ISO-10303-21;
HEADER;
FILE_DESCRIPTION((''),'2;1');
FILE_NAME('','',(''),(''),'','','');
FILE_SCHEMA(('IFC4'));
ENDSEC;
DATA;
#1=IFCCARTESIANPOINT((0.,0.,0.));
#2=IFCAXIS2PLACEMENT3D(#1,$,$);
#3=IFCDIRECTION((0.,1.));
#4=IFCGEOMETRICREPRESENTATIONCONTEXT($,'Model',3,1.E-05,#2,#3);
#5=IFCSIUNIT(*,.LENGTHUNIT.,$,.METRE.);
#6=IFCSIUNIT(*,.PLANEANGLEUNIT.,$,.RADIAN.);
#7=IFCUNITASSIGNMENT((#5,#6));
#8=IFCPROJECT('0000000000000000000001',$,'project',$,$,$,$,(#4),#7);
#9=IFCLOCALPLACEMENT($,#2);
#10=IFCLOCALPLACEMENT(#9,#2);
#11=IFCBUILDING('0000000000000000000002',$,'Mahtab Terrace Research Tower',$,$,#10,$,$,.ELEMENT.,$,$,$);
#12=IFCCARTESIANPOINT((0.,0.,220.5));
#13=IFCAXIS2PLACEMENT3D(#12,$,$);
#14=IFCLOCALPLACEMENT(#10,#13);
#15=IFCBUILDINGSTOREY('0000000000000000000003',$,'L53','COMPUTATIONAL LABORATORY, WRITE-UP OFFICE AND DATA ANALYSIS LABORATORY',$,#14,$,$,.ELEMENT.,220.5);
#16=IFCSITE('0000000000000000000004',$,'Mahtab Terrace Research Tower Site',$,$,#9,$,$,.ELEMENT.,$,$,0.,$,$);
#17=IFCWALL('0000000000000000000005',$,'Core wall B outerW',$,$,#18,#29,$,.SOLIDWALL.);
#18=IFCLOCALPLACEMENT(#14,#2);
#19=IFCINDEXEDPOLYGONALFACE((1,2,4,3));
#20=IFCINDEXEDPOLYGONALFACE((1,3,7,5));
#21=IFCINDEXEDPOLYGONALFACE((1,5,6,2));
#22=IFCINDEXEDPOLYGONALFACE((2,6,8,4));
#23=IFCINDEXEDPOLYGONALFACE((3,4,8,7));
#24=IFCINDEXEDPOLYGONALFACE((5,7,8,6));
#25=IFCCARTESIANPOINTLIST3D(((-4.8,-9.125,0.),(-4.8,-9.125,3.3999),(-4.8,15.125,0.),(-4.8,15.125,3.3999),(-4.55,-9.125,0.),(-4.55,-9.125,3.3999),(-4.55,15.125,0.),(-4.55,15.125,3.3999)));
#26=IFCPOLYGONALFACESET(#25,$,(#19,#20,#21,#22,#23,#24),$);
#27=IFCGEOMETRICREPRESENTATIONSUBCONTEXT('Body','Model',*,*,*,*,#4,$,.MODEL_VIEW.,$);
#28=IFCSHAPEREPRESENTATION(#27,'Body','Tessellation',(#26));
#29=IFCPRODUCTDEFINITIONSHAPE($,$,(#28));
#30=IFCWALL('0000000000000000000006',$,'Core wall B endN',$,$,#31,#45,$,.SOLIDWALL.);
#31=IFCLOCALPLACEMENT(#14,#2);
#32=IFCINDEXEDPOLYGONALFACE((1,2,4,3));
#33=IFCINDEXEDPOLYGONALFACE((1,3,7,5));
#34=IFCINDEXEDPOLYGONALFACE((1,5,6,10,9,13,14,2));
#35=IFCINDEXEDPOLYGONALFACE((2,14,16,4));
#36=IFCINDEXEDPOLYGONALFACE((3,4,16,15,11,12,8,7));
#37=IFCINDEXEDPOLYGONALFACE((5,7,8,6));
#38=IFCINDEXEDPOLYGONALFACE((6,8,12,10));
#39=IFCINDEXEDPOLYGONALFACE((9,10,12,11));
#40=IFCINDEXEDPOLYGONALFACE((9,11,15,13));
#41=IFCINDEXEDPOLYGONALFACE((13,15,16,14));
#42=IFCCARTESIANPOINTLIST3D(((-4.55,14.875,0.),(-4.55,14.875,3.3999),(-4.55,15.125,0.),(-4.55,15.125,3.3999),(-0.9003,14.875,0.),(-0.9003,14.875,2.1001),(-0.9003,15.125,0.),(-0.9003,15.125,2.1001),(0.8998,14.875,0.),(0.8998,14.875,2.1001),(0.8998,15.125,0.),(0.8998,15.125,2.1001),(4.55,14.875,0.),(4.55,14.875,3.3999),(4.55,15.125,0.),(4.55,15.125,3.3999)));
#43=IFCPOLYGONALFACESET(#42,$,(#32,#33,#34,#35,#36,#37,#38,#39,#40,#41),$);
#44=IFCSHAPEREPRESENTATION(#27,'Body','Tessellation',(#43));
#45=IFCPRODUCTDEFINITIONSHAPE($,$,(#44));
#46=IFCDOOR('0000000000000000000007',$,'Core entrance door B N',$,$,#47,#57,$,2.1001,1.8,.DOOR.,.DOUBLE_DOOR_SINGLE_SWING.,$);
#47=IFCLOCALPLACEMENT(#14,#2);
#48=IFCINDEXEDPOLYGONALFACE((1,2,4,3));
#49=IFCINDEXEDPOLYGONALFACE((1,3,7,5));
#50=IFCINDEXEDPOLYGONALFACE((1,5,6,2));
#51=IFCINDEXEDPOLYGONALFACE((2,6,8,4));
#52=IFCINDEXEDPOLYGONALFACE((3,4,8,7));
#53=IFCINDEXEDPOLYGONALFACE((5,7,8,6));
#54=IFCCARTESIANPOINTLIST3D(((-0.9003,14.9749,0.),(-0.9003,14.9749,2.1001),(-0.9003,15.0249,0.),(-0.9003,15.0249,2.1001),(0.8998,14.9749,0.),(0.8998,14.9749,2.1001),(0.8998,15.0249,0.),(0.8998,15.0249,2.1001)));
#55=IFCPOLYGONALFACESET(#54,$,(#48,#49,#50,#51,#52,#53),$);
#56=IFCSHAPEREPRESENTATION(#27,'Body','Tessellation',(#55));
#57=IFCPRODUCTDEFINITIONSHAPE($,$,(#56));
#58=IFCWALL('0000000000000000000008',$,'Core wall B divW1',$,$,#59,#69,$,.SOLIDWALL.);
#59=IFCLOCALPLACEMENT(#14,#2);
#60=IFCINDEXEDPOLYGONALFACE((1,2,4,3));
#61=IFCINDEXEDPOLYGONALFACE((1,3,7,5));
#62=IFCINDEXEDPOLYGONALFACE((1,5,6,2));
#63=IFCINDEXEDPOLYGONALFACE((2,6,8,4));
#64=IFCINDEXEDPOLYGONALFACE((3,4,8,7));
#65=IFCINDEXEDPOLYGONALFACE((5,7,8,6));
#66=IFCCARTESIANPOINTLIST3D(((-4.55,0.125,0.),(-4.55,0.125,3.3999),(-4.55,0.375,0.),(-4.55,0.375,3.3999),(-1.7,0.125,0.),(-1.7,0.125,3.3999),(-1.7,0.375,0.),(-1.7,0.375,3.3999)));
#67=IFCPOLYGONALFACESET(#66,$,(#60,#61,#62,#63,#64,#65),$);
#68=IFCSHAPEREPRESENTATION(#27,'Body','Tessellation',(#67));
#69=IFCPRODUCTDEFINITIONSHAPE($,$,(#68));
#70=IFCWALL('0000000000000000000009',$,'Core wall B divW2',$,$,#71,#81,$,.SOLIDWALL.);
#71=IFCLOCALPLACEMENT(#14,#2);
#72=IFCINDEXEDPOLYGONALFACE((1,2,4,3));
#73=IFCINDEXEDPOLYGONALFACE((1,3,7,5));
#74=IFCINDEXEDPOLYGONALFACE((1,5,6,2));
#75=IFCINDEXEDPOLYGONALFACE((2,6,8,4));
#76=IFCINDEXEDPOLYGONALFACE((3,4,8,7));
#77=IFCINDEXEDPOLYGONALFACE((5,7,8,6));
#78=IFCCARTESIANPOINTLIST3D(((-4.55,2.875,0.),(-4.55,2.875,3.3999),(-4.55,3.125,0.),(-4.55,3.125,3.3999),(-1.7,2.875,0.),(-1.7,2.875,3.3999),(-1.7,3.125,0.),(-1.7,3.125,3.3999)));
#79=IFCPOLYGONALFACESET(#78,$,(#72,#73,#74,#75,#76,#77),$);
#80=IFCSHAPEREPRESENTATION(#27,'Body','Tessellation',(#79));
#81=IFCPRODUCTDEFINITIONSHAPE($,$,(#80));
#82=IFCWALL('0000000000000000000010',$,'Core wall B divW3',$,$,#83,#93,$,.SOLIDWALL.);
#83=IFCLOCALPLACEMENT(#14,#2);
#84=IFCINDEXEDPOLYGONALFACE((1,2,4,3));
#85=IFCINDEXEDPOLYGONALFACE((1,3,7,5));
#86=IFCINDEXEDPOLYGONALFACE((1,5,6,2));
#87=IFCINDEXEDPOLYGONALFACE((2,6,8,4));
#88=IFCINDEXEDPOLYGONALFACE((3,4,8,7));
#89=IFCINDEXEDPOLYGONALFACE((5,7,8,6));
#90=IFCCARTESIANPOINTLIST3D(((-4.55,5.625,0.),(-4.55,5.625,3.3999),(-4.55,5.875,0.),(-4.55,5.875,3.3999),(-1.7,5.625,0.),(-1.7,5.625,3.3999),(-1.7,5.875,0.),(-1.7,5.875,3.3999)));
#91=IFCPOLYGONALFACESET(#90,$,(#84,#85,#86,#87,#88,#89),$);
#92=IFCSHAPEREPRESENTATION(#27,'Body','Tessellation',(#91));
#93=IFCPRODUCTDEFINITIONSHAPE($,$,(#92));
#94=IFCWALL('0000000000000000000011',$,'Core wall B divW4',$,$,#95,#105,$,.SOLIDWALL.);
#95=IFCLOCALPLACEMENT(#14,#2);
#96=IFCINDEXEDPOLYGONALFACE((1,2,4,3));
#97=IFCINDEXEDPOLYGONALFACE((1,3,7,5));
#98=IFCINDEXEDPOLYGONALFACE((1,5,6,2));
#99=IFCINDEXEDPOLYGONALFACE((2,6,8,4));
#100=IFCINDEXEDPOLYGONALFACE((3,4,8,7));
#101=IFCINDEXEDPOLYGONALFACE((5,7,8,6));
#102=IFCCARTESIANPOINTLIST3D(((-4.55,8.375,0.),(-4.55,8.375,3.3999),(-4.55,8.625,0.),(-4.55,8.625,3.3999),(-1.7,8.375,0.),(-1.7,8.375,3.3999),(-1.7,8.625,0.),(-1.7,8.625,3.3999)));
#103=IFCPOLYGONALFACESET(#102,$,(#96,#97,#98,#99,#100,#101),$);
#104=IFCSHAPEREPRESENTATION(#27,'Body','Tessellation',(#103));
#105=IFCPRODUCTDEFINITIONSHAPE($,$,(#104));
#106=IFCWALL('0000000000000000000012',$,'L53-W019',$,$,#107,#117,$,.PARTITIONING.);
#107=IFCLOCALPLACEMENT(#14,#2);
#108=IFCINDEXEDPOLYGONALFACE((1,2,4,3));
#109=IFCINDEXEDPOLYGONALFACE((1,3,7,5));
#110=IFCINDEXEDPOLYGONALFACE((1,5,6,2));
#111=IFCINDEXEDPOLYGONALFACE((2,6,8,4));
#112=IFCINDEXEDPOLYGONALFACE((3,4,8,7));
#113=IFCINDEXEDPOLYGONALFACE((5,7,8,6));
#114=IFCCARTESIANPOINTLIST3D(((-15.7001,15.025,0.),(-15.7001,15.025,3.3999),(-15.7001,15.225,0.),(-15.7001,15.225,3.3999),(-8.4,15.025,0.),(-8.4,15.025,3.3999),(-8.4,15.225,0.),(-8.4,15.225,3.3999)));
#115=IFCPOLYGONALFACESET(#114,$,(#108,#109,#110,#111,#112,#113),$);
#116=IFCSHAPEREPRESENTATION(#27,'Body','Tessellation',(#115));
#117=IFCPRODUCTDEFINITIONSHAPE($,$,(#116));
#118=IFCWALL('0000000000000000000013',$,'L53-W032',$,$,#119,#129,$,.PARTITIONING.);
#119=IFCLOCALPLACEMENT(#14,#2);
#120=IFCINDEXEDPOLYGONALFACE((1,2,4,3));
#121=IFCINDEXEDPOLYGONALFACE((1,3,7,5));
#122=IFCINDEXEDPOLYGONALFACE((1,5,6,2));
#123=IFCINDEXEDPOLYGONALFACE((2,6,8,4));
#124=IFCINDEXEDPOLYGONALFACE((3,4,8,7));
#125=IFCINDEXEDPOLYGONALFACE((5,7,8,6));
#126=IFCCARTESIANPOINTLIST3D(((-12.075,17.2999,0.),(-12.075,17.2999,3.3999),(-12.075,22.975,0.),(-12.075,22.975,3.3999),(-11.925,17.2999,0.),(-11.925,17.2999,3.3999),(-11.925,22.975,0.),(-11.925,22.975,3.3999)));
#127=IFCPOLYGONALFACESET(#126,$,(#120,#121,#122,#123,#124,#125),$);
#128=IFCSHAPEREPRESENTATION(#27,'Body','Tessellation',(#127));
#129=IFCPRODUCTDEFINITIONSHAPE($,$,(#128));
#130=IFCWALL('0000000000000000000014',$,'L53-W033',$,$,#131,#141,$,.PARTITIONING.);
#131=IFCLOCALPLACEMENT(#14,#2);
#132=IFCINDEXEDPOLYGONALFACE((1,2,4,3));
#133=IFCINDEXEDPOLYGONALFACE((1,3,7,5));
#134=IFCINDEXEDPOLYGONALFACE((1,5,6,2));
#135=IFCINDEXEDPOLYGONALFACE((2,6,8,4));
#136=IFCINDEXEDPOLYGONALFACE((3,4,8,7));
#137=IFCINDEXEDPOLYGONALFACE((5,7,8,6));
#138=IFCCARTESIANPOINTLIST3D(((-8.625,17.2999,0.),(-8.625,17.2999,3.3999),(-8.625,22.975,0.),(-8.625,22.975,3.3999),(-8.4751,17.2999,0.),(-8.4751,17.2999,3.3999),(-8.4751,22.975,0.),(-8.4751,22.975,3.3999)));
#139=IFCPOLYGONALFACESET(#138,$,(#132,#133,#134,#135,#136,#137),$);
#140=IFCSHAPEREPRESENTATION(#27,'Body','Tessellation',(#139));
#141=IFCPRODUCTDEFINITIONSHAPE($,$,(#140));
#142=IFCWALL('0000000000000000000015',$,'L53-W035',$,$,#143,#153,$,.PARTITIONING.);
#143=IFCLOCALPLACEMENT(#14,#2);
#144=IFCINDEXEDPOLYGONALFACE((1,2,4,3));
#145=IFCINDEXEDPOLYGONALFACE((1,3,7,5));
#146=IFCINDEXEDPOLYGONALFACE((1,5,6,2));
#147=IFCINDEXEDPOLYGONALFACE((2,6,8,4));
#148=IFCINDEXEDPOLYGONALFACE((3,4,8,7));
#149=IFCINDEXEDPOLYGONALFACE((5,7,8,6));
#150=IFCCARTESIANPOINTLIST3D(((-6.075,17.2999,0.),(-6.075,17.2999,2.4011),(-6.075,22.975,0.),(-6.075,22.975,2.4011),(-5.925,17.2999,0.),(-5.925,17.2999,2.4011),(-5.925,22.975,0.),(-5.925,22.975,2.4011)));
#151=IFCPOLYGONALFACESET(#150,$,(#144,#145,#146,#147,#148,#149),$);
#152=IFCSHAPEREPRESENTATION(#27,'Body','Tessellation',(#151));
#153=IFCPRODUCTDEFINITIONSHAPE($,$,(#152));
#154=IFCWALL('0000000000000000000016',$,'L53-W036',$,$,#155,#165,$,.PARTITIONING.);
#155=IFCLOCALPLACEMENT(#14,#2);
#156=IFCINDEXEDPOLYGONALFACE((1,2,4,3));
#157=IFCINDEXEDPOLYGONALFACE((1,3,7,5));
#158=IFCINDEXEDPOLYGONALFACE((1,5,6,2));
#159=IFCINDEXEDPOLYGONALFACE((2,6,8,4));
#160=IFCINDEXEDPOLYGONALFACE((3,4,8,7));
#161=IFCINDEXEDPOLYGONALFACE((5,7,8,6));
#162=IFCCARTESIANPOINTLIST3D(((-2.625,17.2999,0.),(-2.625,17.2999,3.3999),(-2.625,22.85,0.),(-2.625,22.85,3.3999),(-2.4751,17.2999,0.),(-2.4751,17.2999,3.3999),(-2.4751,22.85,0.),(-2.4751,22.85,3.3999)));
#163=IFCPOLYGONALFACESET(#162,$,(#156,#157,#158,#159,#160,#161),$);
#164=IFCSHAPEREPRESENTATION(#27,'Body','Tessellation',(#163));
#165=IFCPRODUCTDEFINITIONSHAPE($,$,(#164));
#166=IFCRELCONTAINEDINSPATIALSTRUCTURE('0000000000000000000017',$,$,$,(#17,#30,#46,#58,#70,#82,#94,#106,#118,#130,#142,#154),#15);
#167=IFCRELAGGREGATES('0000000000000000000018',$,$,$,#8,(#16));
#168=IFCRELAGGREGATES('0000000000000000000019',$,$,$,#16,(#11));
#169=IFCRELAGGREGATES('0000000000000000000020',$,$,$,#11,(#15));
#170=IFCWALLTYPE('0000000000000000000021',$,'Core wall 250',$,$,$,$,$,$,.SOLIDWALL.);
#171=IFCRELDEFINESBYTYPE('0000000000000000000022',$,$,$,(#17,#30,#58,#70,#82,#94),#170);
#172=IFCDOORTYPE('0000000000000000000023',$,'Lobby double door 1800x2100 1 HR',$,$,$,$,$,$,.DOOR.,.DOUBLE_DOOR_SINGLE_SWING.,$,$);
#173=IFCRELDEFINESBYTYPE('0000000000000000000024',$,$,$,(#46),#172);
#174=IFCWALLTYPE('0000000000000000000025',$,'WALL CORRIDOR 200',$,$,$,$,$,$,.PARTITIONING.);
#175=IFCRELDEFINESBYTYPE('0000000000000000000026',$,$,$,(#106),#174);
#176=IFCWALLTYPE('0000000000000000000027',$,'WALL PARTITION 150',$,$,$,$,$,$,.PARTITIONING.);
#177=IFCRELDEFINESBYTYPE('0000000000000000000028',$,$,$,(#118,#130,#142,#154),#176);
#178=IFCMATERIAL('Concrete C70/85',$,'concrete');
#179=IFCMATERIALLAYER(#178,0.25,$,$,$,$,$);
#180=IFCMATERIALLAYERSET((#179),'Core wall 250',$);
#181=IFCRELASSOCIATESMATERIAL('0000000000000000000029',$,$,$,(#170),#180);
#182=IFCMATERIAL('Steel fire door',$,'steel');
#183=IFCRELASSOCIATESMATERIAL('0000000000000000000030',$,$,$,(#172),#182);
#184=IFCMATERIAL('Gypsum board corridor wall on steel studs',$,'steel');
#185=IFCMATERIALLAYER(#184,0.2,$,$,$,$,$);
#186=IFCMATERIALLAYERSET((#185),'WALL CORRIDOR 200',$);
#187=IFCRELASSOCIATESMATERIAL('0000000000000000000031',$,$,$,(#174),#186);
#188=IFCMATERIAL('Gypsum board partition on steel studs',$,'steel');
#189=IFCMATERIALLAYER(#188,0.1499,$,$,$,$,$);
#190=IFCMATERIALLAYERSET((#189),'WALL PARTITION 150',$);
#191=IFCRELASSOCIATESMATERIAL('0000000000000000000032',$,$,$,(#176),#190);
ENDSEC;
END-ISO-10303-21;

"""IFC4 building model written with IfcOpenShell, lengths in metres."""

from ifc_helpers import new_model, si_unit, direction, frame, frame_2d, origin, place, context, subcontext, project, spatial, rectangle, extrude, material, layer, layer_set, type_object, element, fill, save


model = new_model("IFC4")

# Units and contexts
model_context = context("Model", 3, precision=1e-05, world=origin(), true_north=direction((0.0, 1.0)))
body_context = subcontext(model_context, "Body", "Model", "MODEL_VIEW")
ifc_project = project(units=[si_unit("LENGTHUNIT", "METRE"), si_unit("PLANEANGLEUNIT", "RADIAN")], contexts=[model_context])

# Site, building, storey
site_placement = place(None, origin())
site = spatial("IfcSite", under=ifc_project, at=site_placement, Name="Mahtab Terrace Research Tower Site", CompositionType="ELEMENT", RefElevation=0.0)
building_placement = place(site_placement, origin())
building = spatial("IfcBuilding", under=site, at=building_placement, Name="Mahtab Terrace Research Tower", CompositionType="ELEMENT")
storey_placement = place(building_placement, frame((0.0, 0.0, 220.5)))
storey = spatial("IfcBuildingStorey", under=building, at=storey_placement, Name="L53", Description="COMPUTATIONAL LABORATORY, WRITE-UP OFFICE AND DATA ANALYSIS LABORATORY", CompositionType="ELEMENT", Elevation=220.5)

# Shared definitions
ifc_material_1 = material(Name="Concrete C70/85", Category="concrete")

# Wall
ifc_layer_1 = layer(ifc_material_1, 0.25)
ifc_layer_set_1 = layer_set([ifc_layer_1], Name="Core wall 250")
wall_type_1 = type_object("IfcWallType", Name="Core wall 250", PredefinedType="SOLIDWALL", material=ifc_layer_set_1)
wall_1_placement = place(storey_placement, frame((-4.675, 15.125, 0.0), z_axis=(0.0, 0.0, 1.0), x_axis=(0.0, -1.0, 0.0)))
element("IfcWall", 1, at=wall_1_placement, inside=storey, type_object=wall_type_1, Name="Core wall B outerW", PredefinedType="SOLIDWALL", context=body_context, shape_type="SweptSolid", body=[
    extrude(rectangle(XDim=24.25, YDim=0.25, at=frame_2d((12.125, 0.0))), origin(), (0.0, 0.0, 1.0), 3.3999),
])

# Wall, opening, door
wall_2_placement = place(storey_placement, frame((-4.55, 15.0, 0.0), z_axis=(0.0, 0.0, 1.0), x_axis=(1.0, 0.0, 0.0)))
wall_2 = element("IfcWall", 2, at=wall_2_placement, inside=storey, type_object=wall_type_1, Name="Core wall B endN", PredefinedType="SOLIDWALL", context=body_context, shape_type="SweptSolid", body=[
    extrude(rectangle(XDim=9.1001, YDim=0.25, at=frame_2d((4.55, 0.0))), origin(), (0.0, 0.0, 1.0), 3.3999),
])
opening_placement = place(wall_2_placement, frame((3.6499, 0.0, 0.0)))
opening = element("IfcOpeningElement", 3, at=opening_placement, cuts=wall_2, PredefinedType="OPENING", context=body_context, shape_type="SweptSolid", body=[
    extrude(rectangle(XDim=1.8, YDim=2.1001, at=frame_2d((0.8999, 1.05))), frame((0.0, 0.135, 0.0), z_axis=(0.0, -1.0, 0.0), x_axis=(1.0, 0.0, 0.0)), (0.0, 0.0, 1.0), 0.27),
])
ifc_material_2 = material(Name="Steel fire door", Category="steel")
door_type = type_object("IfcDoorType", Name="Lobby double door 1800x2100 1 HR", OperationType="DOUBLE_DOOR_SINGLE_SWING", PredefinedType="DOOR", material=ifc_material_2)
door_placement = place(opening_placement, origin())
door = element("IfcDoor", 4, at=door_placement, inside=storey, type_object=door_type, Name="Core entrance door B N", OperationType="DOUBLE_DOOR_SINGLE_SWING", OverallHeight=2.1001, OverallWidth=1.8, PredefinedType="DOOR", context=body_context, shape_type="SweptSolid", body=[
    extrude(rectangle(XDim=1.8, YDim=2.1001, at=frame_2d((0.8999, 1.05))), frame((0.0, 0.0249, 0.0), z_axis=(0.0, -1.0, 0.0), x_axis=(1.0, 0.0, 0.0)), (0.0, 0.0, 1.0), 0.05),
])
fill(opening, door)

# Walls
for number, where, z_axis, x_axis, name in (
    (5, (-4.55, 0.25, 0.0), (0.0, 0.0, 1.0), (1.0, 0.0, 0.0), "Core wall B divW1"),
    (6, (-4.55, 3.0, 0.0), (0.0, 0.0, 1.0), (1.0, 0.0, 0.0), "Core wall B divW2"),
    (7, (-4.55, 5.75, 0.0), (0.0, 0.0, 1.0), (1.0, 0.0, 0.0), "Core wall B divW3"),
    (8, (-4.55, 8.5, 0.0), (0.0, 0.0, 1.0), (1.0, 0.0, 0.0), "Core wall B divW4"),
):
    element("IfcWall", number, at=place(storey_placement, frame(where, z_axis=z_axis, x_axis=x_axis)), inside=storey, type_object=wall_type_1, Name=name, PredefinedType="SOLIDWALL", context=body_context, shape_type="SweptSolid", body=[
        extrude(rectangle(XDim=2.8501, YDim=0.25, at=frame_2d((1.425, 0.0))), origin(), (0.0, 0.0, 1.0), 3.3999),
    ])
ifc_material_3 = material(Name="Gypsum board corridor wall on steel studs", Category="steel")
ifc_layer_2 = layer(ifc_material_3, 0.2)
ifc_layer_set_2 = layer_set([ifc_layer_2], Name="WALL CORRIDOR 200")
wall_type_2 = type_object("IfcWallType", Name="WALL CORRIDOR 200", PredefinedType="PARTITIONING", material=ifc_layer_set_2)
wall_3_placement = place(storey_placement, frame((-15.7, 15.125, 0.0), z_axis=(0.0, 0.0, 1.0), x_axis=(1.0, 0.0, 0.0)))
element("IfcWall", 9, at=wall_3_placement, inside=storey, type_object=wall_type_2, Name="L53-W019", PredefinedType="PARTITIONING", context=body_context, shape_type="SweptSolid", body=[
    extrude(rectangle(XDim=7.3, YDim=0.2, at=frame_2d((3.6499, 0.0))), origin(), (0.0, 0.0, 1.0), 3.3999),
])
ifc_material_4 = material(Name="Gypsum board partition on steel studs", Category="steel")
ifc_layer_3 = layer(ifc_material_4, 0.1499)
ifc_layer_set_3 = layer_set([ifc_layer_3], Name="WALL PARTITION 150")
wall_type_3 = type_object("IfcWallType", Name="WALL PARTITION 150", PredefinedType="PARTITIONING", material=ifc_layer_set_3)
for number, where, z_axis, x_axis, name in (
    (10, (-12.0, 17.3, 0.0), (0.0, 0.0, 1.0), (0.0, 1.0, 0.0), "L53-W032"),
    (11, (-8.55, 17.3, 0.0), (0.0, 0.0, 1.0), (0.0, 1.0, 0.0), "L53-W033"),
):
    element("IfcWall", number, at=place(storey_placement, frame(where, z_axis=z_axis, x_axis=x_axis)), inside=storey, type_object=wall_type_3, Name=name, PredefinedType="PARTITIONING", context=body_context, shape_type="SweptSolid", body=[
        extrude(rectangle(XDim=5.675, YDim=0.1499, at=frame_2d((2.8374, 0.0))), origin(), (0.0, 0.0, 1.0), 3.3999),
    ])
wall_4_placement = place(storey_placement, frame((-6.0, 17.3, 0.0), z_axis=(0.0, 0.0, 1.0), x_axis=(0.0, 1.0, 0.0)))
element("IfcWall", 12, at=wall_4_placement, inside=storey, type_object=wall_type_3, Name="L53-W035", PredefinedType="PARTITIONING", context=body_context, shape_type="SweptSolid", body=[
    extrude(rectangle(XDim=5.675, YDim=0.1499, at=frame_2d((2.8374, 0.0))), origin(), (0.0, 0.0, 1.0), 2.4011),
])
wall_5_placement = place(storey_placement, frame((-2.55, 17.3, 0.0), z_axis=(0.0, 0.0, 1.0), x_axis=(0.0, 1.0, 0.0)))
element("IfcWall", 13, at=wall_5_placement, inside=storey, type_object=wall_type_3, Name="L53-W036", PredefinedType="PARTITIONING", context=body_context, shape_type="SweptSolid", body=[
    extrude(rectangle(XDim=5.55, YDim=0.1499, at=frame_2d((2.7749, 0.0))), origin(), (0.0, 0.0, 1.0), 3.3999),
])

save(model, "model.ifc")
